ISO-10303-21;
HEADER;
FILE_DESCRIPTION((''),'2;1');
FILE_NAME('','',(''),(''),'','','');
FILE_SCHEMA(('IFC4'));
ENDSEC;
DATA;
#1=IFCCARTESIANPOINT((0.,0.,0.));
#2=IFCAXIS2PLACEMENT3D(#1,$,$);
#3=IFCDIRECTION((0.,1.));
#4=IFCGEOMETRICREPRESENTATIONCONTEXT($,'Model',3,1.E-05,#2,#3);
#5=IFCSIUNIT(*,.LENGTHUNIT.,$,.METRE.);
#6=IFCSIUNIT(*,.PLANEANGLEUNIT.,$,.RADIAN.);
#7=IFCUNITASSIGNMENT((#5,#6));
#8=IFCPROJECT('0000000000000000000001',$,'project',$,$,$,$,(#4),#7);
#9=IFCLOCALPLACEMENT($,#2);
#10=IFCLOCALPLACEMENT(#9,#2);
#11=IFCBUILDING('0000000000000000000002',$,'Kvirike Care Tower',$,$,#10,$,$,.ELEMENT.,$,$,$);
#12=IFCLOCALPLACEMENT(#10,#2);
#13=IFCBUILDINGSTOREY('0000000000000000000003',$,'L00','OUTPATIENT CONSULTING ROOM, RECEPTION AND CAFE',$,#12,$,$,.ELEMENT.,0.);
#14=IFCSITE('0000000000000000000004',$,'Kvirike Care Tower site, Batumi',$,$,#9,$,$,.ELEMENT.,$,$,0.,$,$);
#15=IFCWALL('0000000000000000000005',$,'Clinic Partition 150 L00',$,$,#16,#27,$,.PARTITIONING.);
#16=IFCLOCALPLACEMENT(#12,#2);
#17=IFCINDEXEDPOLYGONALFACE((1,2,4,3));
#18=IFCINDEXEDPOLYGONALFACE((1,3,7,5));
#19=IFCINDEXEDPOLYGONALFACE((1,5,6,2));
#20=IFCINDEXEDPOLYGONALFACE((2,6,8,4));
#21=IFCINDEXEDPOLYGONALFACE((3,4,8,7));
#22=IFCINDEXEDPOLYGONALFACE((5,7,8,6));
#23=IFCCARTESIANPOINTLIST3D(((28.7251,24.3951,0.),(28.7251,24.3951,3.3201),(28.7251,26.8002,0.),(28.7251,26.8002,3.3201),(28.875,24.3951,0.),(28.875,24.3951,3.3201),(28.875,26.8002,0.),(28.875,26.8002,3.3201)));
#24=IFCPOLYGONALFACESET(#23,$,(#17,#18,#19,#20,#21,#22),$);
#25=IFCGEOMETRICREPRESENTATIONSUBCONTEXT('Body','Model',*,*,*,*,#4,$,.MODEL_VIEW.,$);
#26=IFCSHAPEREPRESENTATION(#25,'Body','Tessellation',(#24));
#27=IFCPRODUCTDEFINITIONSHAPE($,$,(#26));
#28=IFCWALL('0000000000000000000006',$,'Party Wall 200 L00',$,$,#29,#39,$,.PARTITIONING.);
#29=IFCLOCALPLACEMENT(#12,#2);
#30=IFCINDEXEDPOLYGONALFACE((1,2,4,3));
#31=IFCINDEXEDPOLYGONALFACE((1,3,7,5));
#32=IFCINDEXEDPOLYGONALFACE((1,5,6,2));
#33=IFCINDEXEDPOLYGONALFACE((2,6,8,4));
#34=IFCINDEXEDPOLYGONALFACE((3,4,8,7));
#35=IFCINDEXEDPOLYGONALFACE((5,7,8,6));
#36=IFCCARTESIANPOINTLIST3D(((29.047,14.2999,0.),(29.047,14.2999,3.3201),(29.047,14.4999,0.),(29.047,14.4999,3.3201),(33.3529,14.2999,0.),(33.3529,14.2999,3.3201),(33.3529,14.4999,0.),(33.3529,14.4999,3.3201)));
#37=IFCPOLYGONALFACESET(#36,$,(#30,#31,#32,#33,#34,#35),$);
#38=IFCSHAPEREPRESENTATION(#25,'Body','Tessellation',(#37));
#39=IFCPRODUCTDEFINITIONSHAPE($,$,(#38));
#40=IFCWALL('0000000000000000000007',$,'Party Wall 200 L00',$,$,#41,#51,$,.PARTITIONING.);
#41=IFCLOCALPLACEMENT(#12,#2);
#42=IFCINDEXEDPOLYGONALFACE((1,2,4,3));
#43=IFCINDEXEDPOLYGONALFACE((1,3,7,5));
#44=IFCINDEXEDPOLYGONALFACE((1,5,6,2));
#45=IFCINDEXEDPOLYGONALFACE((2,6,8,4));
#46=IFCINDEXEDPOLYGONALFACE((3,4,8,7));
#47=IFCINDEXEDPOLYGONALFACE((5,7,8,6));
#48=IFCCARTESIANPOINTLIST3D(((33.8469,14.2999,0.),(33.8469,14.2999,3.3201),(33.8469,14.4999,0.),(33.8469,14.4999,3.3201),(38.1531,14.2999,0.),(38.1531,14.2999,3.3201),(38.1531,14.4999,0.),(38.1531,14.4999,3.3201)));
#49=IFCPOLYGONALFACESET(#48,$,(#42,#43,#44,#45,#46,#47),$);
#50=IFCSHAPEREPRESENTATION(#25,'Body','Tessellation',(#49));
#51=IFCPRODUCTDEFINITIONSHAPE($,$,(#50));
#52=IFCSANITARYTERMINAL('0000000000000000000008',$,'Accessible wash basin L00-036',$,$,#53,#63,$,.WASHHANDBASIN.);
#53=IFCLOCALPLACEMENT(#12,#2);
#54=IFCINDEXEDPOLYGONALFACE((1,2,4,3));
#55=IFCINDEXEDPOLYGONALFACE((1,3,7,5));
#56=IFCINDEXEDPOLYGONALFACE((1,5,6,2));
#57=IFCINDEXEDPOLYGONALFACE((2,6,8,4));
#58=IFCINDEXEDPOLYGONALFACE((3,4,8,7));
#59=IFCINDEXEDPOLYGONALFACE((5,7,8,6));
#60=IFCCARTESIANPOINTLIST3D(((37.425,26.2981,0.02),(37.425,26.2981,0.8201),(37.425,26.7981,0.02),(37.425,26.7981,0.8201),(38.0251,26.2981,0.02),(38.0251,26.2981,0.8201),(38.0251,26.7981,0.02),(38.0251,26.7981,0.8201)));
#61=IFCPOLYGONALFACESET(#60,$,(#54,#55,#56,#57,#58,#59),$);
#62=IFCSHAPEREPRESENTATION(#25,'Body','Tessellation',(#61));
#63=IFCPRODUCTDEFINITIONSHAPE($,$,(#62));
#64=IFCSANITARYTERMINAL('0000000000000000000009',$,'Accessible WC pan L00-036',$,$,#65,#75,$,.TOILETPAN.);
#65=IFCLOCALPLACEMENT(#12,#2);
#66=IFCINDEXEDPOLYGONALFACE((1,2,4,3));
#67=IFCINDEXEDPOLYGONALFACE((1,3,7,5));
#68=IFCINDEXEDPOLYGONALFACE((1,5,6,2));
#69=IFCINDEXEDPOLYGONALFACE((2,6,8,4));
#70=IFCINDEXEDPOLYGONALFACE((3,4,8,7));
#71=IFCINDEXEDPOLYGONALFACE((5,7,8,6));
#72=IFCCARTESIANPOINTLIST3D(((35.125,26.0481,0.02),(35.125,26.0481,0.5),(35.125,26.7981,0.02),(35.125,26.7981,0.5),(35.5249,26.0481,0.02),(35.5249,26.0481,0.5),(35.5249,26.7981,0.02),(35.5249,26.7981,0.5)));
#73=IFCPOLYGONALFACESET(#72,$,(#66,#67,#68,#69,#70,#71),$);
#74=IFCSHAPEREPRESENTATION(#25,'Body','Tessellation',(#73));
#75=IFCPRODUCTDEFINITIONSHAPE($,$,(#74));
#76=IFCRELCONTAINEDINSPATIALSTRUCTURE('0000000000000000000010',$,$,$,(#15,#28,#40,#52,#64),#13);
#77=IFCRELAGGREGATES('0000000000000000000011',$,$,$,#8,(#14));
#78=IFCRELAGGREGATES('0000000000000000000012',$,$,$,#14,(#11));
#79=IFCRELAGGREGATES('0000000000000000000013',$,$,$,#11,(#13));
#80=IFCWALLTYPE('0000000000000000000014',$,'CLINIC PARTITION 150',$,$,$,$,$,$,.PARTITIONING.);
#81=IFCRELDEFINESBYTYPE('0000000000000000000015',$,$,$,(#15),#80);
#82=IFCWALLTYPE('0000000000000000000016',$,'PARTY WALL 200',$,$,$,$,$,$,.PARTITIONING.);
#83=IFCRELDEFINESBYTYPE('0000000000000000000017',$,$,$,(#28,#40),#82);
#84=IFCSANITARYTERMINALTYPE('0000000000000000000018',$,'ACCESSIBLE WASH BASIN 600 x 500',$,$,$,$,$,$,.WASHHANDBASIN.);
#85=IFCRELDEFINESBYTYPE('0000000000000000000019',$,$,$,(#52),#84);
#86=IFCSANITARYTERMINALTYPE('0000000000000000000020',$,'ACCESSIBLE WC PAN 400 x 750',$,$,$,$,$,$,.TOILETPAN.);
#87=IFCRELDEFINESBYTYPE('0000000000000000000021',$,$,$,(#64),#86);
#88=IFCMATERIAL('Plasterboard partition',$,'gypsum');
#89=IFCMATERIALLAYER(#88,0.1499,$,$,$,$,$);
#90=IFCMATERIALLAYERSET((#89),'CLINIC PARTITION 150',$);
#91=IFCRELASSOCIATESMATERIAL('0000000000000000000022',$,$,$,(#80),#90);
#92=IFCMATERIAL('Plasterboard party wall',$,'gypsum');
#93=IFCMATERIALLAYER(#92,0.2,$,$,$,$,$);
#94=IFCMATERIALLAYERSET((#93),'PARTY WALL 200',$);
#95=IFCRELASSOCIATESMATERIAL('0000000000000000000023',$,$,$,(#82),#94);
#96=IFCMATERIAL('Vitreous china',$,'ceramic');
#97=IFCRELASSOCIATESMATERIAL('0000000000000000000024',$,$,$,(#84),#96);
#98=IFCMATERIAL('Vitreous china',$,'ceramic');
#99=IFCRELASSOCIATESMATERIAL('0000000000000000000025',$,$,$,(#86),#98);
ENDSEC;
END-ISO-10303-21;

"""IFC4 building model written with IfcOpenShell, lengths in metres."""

from ifc_helpers import new_model, si_unit, direction, frame, frame_2d, origin, origin_2d, place, context, subcontext, project, spatial, rectangle, extrude, material, layer, layer_set, type_object, element, save


model = new_model("IFC4")

# Units and contexts
model_context = context("Model", 3, precision=1e-05, world=origin(), true_north=direction((0.0, 1.0)))
body_context = subcontext(model_context, "Body", "Model", "MODEL_VIEW")
ifc_project = project(units=[si_unit("LENGTHUNIT", "METRE"), si_unit("PLANEANGLEUNIT", "RADIAN")], contexts=[model_context])

# Site, building, storey
site_placement = place(None, origin())
site = spatial("IfcSite", under=ifc_project, at=site_placement, Name="Kvirike Care Tower site, Batumi", CompositionType="ELEMENT", RefElevation=0.0)
building_placement = place(site_placement, origin())
building = spatial("IfcBuilding", under=site, at=building_placement, Name="Kvirike Care Tower", CompositionType="ELEMENT")
storey_placement = place(building_placement, origin())
storey = spatial("IfcBuildingStorey", under=building, at=storey_placement, Name="L00", Description="OUTPATIENT CONSULTING ROOM, RECEPTION AND CAFE", CompositionType="ELEMENT", Elevation=0.0)

# Wall
ifc_material_1 = material(Name="Plasterboard partition", Category="gypsum")
ifc_layer_1 = layer(ifc_material_1, 0.1499)
ifc_layer_set_1 = layer_set([ifc_layer_1], Name="CLINIC PARTITION 150")
wall_type_1 = type_object("IfcWallType", Name="CLINIC PARTITION 150", PredefinedType="PARTITIONING", material=ifc_layer_set_1)
wall_1_placement = place(storey_placement, frame((28.8, 24.395, 0.0), z_axis=(0.0, 0.0, 1.0), x_axis=(0.0, 1.0, 0.0)))
element("IfcWall", 1, at=wall_1_placement, inside=storey, type_object=wall_type_1, Name="Clinic Partition 150 L00", PredefinedType="PARTITIONING", context=body_context, shape_type="SweptSolid", body=[
    extrude(rectangle(XDim=2.405, YDim=0.1499, at=frame_2d((1.2026, 0.0))), origin(), (0.0, 0.0, 1.0), 3.3201),
])

# Walls
ifc_material_2 = material(Name="Plasterboard party wall", Category="gypsum")
ifc_layer_2 = layer(ifc_material_2, 0.2)
ifc_layer_set_2 = layer_set([ifc_layer_2], Name="PARTY WALL 200")
wall_type_2 = type_object("IfcWallType", Name="PARTY WALL 200", PredefinedType="PARTITIONING", material=ifc_layer_set_2)
wall_2_placement = place(storey_placement, frame((29.0471, 14.3999, 0.0), z_axis=(0.0, 0.0, 1.0), x_axis=(1.0, 0.0, 0.0)))
element("IfcWall", 2, at=wall_2_placement, inside=storey, type_object=wall_type_2, Name="Party Wall 200 L00", PredefinedType="PARTITIONING", context=body_context, shape_type="SweptSolid", body=[
    extrude(rectangle(XDim=4.3059, YDim=0.2, at=frame_2d((2.1528, 0.0))), origin(), (0.0, 0.0, 1.0), 3.3201),
])
wall_3_placement = place(storey_placement, frame((33.8469, 14.3999, 0.0), z_axis=(0.0, 0.0, 1.0), x_axis=(1.0, 0.0, 0.0)))
element("IfcWall", 3, at=wall_3_placement, inside=storey, type_object=wall_type_2, Name="Party Wall 200 L00", PredefinedType="PARTITIONING", context=body_context, shape_type="SweptSolid", body=[
    extrude(rectangle(XDim=4.3062, YDim=0.2, at=frame_2d((2.1531, 0.0))), origin(), (0.0, 0.0, 1.0), 3.3201),
])

# Sanitary terminals
ifc_material_3 = material(Name="Vitreous china", Category="ceramic")
sanitary_terminal_type_1 = type_object("IfcSanitaryTerminalType", Name="ACCESSIBLE WASH BASIN 600 x 500", PredefinedType="WASHHANDBASIN", material=ifc_material_3)
sanitary_terminal_1_placement = place(storey_placement, frame((37.7251, 26.5481, 0.02), z_axis=(0.0, 0.0, 1.0), x_axis=(1.0, 0.0, 0.0)))
element("IfcSanitaryTerminal", 4, at=sanitary_terminal_1_placement, inside=storey, type_object=sanitary_terminal_type_1, Name="Accessible wash basin L00-036", PredefinedType="WASHHANDBASIN", context=body_context, shape_type="SweptSolid", body=[
    extrude(rectangle(XDim=0.6001, YDim=0.5, at=origin_2d()), origin(), (0.0, 0.0, 1.0), 0.8),
])
ifc_material_4 = material(Name="Vitreous china", Category="ceramic")
sanitary_terminal_type_2 = type_object("IfcSanitaryTerminalType", Name="ACCESSIBLE WC PAN 400 x 750", PredefinedType="TOILETPAN", material=ifc_material_4)
sanitary_terminal_2_placement = place(storey_placement, frame((35.325, 26.4231, 0.02), z_axis=(0.0, 0.0, 1.0), x_axis=(1.0, 0.0, 0.0)))
element("IfcSanitaryTerminal", 5, at=sanitary_terminal_2_placement, inside=storey, type_object=sanitary_terminal_type_2, Name="Accessible WC pan L00-036", PredefinedType="TOILETPAN", context=body_context, shape_type="SweptSolid", body=[
    extrude(rectangle(XDim=0.3999, YDim=0.75, at=origin_2d()), origin(), (0.0, 0.0, 1.0), 0.48),
])

save(model, "model.ifc")
